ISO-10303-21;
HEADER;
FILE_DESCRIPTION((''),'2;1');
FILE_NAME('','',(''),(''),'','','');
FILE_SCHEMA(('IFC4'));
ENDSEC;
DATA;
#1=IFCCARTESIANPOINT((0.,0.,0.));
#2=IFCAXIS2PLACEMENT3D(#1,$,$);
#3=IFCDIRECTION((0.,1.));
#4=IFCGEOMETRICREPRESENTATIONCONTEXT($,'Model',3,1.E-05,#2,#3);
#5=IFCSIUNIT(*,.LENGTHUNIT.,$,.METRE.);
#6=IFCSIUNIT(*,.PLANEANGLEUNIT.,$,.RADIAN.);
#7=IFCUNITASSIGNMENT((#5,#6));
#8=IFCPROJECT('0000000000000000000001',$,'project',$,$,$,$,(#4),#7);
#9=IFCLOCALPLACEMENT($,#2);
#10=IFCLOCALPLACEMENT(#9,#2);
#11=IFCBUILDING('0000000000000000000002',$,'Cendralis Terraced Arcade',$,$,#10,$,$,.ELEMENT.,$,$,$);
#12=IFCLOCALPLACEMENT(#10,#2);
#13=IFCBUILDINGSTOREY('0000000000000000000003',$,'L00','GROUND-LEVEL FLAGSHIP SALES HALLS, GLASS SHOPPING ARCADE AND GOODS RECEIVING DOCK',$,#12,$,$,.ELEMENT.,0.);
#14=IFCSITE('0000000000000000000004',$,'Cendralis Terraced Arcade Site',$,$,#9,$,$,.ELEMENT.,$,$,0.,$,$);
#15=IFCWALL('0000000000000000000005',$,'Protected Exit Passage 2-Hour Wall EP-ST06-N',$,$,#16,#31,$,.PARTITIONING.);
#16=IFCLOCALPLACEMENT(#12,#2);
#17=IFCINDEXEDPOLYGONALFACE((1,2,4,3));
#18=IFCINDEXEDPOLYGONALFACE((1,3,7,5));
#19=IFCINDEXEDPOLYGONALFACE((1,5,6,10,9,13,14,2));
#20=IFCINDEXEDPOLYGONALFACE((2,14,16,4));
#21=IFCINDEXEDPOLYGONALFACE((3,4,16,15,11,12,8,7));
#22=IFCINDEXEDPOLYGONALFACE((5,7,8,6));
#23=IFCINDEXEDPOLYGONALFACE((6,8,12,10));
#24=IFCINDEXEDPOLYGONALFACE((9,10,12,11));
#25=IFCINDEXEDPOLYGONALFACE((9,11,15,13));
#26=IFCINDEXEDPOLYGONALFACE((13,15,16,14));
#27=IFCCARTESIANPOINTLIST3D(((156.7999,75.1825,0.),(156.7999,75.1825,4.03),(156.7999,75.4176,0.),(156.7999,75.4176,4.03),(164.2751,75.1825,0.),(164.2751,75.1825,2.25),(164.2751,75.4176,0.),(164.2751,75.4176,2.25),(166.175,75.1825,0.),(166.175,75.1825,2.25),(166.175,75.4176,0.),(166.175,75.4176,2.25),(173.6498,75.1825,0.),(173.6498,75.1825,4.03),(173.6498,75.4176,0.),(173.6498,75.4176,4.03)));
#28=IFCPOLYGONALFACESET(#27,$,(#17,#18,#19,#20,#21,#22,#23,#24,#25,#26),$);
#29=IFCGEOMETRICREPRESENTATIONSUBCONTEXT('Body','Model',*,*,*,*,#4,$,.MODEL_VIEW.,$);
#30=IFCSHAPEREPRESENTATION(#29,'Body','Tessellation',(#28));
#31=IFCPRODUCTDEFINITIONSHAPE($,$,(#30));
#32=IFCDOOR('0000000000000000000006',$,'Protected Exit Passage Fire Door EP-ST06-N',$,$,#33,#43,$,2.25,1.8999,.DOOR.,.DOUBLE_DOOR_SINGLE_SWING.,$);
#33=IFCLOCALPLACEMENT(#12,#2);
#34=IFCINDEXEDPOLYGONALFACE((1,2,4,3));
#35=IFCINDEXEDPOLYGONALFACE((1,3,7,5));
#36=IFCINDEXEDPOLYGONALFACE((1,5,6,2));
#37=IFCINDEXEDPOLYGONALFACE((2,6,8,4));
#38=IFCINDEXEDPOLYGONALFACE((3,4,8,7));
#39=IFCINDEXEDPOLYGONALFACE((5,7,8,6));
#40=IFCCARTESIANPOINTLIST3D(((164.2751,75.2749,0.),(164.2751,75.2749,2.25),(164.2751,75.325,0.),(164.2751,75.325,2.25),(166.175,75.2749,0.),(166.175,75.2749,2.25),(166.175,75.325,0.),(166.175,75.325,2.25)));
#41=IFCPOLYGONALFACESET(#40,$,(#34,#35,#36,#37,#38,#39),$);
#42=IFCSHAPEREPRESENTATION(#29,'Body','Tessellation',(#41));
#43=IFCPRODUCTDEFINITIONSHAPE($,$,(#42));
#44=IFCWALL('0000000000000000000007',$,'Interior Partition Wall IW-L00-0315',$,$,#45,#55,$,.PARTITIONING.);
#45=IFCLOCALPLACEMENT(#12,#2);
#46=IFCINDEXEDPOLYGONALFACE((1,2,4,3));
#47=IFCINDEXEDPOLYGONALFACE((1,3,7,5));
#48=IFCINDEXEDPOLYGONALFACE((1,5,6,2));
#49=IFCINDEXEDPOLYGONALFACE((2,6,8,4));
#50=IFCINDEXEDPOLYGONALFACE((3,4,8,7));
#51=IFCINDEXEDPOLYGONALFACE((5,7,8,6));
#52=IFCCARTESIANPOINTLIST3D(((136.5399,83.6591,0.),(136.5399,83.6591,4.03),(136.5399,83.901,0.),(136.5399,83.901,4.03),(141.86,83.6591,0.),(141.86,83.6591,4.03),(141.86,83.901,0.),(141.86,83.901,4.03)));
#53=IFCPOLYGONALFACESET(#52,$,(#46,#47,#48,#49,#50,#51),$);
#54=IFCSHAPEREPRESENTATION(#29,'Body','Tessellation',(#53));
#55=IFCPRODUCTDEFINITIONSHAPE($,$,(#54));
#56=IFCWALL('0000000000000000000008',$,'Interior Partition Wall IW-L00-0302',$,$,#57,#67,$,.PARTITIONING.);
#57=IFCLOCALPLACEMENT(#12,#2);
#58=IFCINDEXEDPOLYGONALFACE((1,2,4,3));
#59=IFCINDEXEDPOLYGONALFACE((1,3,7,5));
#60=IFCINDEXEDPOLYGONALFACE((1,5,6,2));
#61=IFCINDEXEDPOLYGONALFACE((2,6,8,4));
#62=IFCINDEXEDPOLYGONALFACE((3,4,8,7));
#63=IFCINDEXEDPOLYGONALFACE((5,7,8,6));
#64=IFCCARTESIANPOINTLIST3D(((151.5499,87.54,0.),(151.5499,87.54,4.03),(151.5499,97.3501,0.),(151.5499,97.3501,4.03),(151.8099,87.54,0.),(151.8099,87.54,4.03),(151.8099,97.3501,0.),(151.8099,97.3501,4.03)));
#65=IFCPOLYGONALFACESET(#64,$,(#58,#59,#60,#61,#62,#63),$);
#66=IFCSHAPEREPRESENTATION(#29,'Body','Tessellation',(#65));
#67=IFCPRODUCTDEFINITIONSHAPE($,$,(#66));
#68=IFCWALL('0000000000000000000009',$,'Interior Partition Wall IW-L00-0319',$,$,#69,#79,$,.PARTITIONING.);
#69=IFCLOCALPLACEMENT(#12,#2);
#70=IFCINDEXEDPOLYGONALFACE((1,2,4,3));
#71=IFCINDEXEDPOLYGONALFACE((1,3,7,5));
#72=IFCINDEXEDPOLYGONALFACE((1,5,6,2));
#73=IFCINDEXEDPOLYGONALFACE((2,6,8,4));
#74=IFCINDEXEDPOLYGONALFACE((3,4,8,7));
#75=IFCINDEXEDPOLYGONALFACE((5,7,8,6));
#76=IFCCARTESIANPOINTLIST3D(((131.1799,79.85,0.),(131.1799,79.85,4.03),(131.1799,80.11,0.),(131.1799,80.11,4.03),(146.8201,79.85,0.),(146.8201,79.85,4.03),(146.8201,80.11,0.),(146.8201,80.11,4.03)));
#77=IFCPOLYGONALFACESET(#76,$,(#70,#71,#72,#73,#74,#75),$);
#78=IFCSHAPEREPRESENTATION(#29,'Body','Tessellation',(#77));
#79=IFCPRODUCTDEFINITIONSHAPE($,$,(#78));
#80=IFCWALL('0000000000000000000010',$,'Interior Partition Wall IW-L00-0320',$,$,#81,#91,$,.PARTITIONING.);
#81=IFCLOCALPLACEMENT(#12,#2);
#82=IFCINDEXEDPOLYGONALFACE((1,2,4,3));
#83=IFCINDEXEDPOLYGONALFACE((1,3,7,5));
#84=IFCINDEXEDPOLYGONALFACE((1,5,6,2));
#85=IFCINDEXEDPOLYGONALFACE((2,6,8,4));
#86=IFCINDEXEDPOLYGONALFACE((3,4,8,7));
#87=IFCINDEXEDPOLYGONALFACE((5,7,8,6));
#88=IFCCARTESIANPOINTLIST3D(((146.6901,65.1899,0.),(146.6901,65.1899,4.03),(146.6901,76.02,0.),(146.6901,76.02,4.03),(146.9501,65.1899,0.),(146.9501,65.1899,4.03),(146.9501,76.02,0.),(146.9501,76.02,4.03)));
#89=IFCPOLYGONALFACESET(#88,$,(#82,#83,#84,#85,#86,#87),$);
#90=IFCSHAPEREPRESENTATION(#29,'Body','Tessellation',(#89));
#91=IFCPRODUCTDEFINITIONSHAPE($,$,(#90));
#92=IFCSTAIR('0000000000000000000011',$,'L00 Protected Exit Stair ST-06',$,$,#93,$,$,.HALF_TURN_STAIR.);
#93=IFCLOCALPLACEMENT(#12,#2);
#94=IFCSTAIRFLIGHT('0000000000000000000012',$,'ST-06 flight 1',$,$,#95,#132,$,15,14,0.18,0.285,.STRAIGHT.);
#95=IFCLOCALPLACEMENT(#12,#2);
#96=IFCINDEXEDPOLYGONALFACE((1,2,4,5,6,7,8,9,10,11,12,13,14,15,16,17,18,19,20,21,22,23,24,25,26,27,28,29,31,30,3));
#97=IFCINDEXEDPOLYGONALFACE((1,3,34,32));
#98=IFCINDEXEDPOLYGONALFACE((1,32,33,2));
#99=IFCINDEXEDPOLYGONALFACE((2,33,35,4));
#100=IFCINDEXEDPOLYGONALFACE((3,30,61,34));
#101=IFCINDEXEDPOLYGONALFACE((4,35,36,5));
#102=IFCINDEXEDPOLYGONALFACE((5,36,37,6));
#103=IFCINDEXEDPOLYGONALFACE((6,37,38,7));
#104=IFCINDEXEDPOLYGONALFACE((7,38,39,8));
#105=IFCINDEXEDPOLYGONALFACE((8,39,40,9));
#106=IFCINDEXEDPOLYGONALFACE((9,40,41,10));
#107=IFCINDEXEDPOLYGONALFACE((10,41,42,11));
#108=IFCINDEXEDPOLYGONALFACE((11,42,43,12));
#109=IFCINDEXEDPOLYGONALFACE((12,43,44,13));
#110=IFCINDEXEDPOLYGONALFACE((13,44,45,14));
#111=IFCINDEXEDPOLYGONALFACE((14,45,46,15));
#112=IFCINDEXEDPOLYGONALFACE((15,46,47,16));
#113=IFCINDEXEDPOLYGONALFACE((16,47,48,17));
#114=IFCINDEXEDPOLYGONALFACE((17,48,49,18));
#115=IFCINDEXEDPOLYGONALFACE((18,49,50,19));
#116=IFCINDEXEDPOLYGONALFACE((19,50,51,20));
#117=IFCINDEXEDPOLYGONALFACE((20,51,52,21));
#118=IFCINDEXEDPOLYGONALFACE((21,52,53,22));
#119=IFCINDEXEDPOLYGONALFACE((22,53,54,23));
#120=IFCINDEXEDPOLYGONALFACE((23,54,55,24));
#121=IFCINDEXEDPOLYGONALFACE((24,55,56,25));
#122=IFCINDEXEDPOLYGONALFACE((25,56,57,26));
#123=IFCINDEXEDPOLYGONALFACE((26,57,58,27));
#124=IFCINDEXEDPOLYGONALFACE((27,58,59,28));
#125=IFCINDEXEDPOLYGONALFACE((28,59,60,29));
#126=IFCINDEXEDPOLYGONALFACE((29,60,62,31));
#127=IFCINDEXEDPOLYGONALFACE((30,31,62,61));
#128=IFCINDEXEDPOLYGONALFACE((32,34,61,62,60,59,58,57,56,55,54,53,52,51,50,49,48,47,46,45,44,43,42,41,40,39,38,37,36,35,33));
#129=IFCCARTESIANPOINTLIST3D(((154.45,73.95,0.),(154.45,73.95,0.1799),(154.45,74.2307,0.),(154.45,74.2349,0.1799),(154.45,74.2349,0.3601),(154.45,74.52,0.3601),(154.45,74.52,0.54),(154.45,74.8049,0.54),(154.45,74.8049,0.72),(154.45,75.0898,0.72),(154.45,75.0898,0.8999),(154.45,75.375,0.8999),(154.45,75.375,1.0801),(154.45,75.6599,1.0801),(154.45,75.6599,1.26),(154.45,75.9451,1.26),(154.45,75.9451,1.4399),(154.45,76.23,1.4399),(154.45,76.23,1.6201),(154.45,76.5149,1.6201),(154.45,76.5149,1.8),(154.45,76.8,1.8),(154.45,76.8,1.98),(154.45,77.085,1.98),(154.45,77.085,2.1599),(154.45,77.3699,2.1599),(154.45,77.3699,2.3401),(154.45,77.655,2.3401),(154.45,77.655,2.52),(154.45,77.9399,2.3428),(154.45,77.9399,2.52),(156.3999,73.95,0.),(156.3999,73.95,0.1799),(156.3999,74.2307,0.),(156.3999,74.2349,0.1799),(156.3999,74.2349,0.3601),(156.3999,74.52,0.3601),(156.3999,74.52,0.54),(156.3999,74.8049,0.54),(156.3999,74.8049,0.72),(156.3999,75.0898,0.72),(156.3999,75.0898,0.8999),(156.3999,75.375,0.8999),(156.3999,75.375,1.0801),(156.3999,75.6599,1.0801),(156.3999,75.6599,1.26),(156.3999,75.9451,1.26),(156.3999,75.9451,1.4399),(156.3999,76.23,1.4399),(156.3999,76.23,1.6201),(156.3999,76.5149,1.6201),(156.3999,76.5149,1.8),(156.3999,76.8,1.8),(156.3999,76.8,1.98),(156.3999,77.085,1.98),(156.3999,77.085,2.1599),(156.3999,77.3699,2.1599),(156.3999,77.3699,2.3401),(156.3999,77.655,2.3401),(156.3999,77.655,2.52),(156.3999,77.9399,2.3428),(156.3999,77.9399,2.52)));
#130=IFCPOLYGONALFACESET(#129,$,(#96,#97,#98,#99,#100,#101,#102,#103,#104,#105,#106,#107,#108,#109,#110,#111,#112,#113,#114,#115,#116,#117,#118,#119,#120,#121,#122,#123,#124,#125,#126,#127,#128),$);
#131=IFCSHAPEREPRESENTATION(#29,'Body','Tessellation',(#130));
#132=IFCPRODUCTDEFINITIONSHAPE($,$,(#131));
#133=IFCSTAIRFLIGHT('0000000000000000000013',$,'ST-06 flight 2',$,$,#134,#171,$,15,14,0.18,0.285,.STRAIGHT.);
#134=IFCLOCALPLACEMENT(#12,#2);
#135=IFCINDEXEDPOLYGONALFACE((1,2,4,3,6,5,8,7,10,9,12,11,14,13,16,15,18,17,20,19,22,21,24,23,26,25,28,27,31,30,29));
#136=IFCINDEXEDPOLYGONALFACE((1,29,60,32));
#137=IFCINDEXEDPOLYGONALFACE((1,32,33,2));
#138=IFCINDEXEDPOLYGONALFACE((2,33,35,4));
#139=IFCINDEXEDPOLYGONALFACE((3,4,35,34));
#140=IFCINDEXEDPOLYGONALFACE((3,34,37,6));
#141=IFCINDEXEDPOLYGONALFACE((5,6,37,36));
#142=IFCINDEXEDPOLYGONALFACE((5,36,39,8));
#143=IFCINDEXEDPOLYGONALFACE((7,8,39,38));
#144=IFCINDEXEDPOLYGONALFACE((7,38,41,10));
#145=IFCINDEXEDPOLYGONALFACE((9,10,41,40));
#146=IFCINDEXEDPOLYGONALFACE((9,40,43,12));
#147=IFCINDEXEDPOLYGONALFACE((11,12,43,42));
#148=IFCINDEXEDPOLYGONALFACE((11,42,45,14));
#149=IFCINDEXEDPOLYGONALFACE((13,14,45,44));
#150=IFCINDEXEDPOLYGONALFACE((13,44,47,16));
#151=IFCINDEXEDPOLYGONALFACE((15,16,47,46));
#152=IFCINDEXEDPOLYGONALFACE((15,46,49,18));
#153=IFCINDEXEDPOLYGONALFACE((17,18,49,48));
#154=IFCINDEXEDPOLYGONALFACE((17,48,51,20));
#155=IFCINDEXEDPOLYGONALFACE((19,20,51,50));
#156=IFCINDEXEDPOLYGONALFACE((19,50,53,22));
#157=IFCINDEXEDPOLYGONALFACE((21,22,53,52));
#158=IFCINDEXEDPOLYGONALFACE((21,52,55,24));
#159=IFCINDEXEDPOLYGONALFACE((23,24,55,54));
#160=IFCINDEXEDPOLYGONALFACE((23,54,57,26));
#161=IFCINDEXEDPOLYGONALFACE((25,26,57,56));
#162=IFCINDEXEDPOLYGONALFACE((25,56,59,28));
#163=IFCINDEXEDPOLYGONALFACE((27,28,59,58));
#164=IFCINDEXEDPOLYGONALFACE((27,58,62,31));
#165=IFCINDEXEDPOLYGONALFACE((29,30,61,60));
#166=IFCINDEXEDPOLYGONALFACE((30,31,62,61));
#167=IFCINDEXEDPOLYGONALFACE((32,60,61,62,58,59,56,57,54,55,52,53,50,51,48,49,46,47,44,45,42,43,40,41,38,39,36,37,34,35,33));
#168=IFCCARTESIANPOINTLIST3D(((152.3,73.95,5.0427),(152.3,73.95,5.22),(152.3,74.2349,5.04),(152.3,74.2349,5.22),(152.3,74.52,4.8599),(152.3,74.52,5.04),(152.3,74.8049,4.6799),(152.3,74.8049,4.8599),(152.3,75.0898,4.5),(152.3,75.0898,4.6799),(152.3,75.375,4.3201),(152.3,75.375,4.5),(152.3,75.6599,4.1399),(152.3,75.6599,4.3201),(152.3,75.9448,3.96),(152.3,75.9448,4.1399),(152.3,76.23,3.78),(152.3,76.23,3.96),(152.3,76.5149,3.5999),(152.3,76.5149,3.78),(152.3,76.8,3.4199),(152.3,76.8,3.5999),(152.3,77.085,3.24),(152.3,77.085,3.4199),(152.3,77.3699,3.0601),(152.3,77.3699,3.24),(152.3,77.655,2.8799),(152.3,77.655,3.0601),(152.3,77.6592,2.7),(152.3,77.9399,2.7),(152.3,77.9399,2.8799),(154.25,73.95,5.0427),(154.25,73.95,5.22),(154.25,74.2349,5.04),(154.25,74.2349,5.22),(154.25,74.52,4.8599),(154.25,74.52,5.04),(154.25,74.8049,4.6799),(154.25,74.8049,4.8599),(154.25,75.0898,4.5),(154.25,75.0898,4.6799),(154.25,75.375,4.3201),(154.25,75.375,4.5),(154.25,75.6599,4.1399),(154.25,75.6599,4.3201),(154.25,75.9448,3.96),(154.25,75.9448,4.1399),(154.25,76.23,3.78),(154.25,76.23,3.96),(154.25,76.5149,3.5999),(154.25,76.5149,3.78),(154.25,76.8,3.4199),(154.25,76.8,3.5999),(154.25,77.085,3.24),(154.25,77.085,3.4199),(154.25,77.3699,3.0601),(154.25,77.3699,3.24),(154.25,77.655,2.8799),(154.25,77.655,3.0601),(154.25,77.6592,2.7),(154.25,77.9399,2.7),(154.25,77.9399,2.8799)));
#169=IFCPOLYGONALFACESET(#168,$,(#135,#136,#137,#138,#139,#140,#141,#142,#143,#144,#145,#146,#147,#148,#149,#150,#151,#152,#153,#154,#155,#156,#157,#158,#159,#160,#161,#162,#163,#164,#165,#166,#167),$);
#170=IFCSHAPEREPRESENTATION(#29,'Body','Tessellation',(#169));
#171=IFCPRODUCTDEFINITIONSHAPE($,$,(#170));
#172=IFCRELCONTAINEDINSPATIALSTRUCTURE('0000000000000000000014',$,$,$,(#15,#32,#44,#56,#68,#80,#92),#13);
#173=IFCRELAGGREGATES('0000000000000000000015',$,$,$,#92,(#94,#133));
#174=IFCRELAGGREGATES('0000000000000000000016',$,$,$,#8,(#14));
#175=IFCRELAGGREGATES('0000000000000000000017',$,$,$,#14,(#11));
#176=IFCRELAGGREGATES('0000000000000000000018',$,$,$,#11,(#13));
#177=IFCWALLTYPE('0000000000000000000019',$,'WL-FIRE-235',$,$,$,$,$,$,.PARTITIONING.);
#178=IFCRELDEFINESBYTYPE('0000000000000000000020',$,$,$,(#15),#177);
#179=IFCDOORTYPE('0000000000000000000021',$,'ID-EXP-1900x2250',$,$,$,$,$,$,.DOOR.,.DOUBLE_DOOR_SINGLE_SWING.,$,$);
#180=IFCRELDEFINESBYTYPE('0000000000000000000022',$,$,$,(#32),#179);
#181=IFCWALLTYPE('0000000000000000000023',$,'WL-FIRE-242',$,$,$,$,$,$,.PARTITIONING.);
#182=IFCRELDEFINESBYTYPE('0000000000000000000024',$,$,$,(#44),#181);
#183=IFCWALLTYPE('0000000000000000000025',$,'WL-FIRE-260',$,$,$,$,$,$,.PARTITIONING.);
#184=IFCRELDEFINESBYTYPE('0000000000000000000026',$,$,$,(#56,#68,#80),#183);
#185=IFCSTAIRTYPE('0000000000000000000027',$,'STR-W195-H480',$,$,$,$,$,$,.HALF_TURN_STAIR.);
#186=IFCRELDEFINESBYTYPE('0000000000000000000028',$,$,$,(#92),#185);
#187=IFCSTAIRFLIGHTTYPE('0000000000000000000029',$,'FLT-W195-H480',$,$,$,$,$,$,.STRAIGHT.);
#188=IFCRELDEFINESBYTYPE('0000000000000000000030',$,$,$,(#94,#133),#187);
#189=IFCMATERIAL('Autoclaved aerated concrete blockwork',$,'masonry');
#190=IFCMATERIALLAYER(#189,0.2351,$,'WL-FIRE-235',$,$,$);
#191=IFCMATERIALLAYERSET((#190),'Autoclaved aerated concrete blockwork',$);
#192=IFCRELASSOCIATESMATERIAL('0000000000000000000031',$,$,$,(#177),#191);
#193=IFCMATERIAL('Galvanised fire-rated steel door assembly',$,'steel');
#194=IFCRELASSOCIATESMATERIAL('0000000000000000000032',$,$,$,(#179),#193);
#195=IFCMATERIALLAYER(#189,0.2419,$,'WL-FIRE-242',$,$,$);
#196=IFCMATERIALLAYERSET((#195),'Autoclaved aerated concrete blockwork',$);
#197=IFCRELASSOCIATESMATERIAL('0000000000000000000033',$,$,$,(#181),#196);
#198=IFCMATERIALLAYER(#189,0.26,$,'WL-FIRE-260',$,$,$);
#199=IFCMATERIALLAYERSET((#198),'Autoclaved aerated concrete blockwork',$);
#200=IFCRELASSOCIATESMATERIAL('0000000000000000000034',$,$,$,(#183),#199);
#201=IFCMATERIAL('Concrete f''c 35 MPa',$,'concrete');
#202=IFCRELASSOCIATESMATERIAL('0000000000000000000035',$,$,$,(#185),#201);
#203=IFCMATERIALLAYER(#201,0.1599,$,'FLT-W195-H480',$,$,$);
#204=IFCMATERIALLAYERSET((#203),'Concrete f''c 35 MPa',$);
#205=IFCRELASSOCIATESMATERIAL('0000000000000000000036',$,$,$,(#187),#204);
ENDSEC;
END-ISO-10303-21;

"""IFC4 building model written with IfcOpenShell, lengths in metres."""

from ifc_helpers import new_model, si_unit, direction, frame, frame_2d, origin, place, context, subcontext, project, spatial, polyline, rectangle, outline, extrude, material, layer, layer_set, type_object, element, fill, aggregate, save


model = new_model("IFC4")

# Units and contexts
model_context = context("Model", 3, precision=1e-05, world=origin(), true_north=direction((0.0, 1.0)))
body_context = subcontext(model_context, "Body", "Model", "MODEL_VIEW")
ifc_project = project(units=[si_unit("LENGTHUNIT", "METRE"), si_unit("PLANEANGLEUNIT", "RADIAN")], contexts=[model_context])

# Site, building, storey
site_placement = place(None, origin())
site = spatial("IfcSite", under=ifc_project, at=site_placement, Name="Cendralis Terraced Arcade Site", CompositionType="ELEMENT", RefElevation=0.0)
building_placement = place(site_placement, origin())
building = spatial("IfcBuilding", under=site, at=building_placement, Name="Cendralis Terraced Arcade", CompositionType="ELEMENT")
storey_placement = place(building_placement, origin())
storey = spatial("IfcBuildingStorey", under=building, at=storey_placement, Name="L00", Description="GROUND-LEVEL FLAGSHIP SALES HALLS, GLASS SHOPPING ARCADE AND GOODS RECEIVING DOCK", CompositionType="ELEMENT", Elevation=0.0)

# Shared definitions
ifc_material_1 = material(Name="Concrete f'c 35 MPa", Category="concrete")

# Wall, opening, door
ifc_material_2 = material(Name="Autoclaved aerated concrete blockwork", Category="masonry")
ifc_layer_1 = layer(ifc_material_2, 0.2351, Name="WL-FIRE-235")
ifc_layer_set_1 = layer_set([ifc_layer_1], Name="Autoclaved aerated concrete blockwork")
wall_type_1 = type_object("IfcWallType", Name="WL-FIRE-235", PredefinedType="PARTITIONING", material=ifc_layer_set_1)
wall_1_placement = place(storey_placement, frame((156.8, 75.3, 0.0), z_axis=(0.0, 0.0, 1.0), x_axis=(1.0, 0.0, 0.0)))
wall_1 = element("IfcWall", 1, at=wall_1_placement, inside=storey, type_object=wall_type_1, Name="Protected Exit Passage 2-Hour Wall EP-ST06-N", PredefinedType="PARTITIONING", context=body_context, shape_type="SweptSolid", body=[
    extrude(rectangle(XDim=16.8499, YDim=0.2351, at=frame_2d((8.4248, 0.0))), origin(), (0.0, 0.0, 1.0), 4.03),
])
opening_1_placement = place(wall_1_placement, frame((7.4751, 0.0, 0.0)))
opening_1 = element("IfcOpeningElement", 2, at=opening_1_placement, cuts=wall_1, PredefinedType="OPENING", context=body_context, shape_type="SweptSolid", body=[
    extrude(rectangle(XDim=1.8999, YDim=2.25, at=frame_2d((0.95, 1.125))), frame((0.0, 0.1294, 0.0), z_axis=(0.0, -1.0, 0.0), x_axis=(1.0, 0.0, 0.0)), (0.0, 0.0, 1.0), 0.259),
])
ifc_material_3 = material(Name="Galvanised fire-rated steel door assembly", Category="steel")
door_type_1 = type_object("IfcDoorType", Name="ID-EXP-1900x2250", OperationType="DOUBLE_DOOR_SINGLE_SWING", PredefinedType="DOOR", material=ifc_material_3)
door_1_placement = place(opening_1_placement, origin())
door_1 = element("IfcDoor", 3, at=door_1_placement, inside=storey, type_object=door_type_1, Name="Protected Exit Passage Fire Door EP-ST06-N", OperationType="DOUBLE_DOOR_SINGLE_SWING", OverallHeight=2.25, OverallWidth=1.8999, PredefinedType="DOOR", context=body_context, shape_type="SweptSolid", body=[
    extrude(rectangle(XDim=1.8999, YDim=2.25, at=frame_2d((0.95, 1.125))), frame((0.0, 0.0249, 0.0), z_axis=(0.0, -1.0, 0.0), x_axis=(1.0, 0.0, 0.0)), (0.0, 0.0, 1.0), 0.05),
])
fill(opening_1, door_1)

# Walls
ifc_layer_2 = layer(ifc_material_2, 0.2419, Name="WL-FIRE-242")
ifc_layer_set_2 = layer_set([ifc_layer_2], Name="Autoclaved aerated concrete blockwork")
wall_type_2 = type_object("IfcWallType", Name="WL-FIRE-242", PredefinedType="PARTITIONING", material=ifc_layer_set_2)
wall_2_placement = place(storey_placement, frame((141.8601, 83.78, 0.0), z_axis=(0.0, 0.0, 1.0), x_axis=(-1.0, 0.0, 0.0)))
element("IfcWall", 4, at=wall_2_placement, inside=storey, type_object=wall_type_2, Name="Interior Partition Wall IW-L00-0315", PredefinedType="PARTITIONING", context=body_context, shape_type="SweptSolid", body=[
    extrude(rectangle(XDim=5.3201, YDim=0.2419, at=frame_2d((2.6602, 0.0))), origin(), (0.0, 0.0, 1.0), 4.03),
])
ifc_layer_3 = layer(ifc_material_2, 0.26, Name="WL-FIRE-260")
ifc_layer_set_3 = layer_set([ifc_layer_3], Name="Autoclaved aerated concrete blockwork")
wall_type_3 = type_object("IfcWallType", Name="WL-FIRE-260", PredefinedType="PARTITIONING", material=ifc_layer_set_3)
wall_3_placement = place(storey_placement, frame((151.6799, 87.54, 0.0), z_axis=(0.0, 0.0, 1.0), x_axis=(0.0, 1.0, 0.0)))
element("IfcWall", 5, at=wall_3_placement, inside=storey, type_object=wall_type_3, Name="Interior Partition Wall IW-L00-0302", PredefinedType="PARTITIONING", context=body_context, shape_type="SweptSolid", body=[
    extrude(rectangle(XDim=9.8101, YDim=0.26, at=frame_2d((4.905, 0.0))), origin(), (0.0, 0.0, 1.0), 4.03),
])
wall_4_placement = place(storey_placement, frame((146.8201, 79.98, 0.0), z_axis=(0.0, 0.0, 1.0), x_axis=(-1.0, 0.0, 0.0)))
element("IfcWall", 6, at=wall_4_placement, inside=storey, type_object=wall_type_3, Name="Interior Partition Wall IW-L00-0319", PredefinedType="PARTITIONING", context=body_context, shape_type="SweptSolid", body=[
    extrude(rectangle(XDim=15.6401, YDim=0.26, at=frame_2d((7.8201, 0.0))), origin(), (0.0, 0.0, 1.0), 4.03),
])
wall_5_placement = place(storey_placement, frame((146.8201, 76.02, 0.0), z_axis=(0.0, 0.0, 1.0), x_axis=(0.0, -1.0, 0.0)))
element("IfcWall", 7, at=wall_5_placement, inside=storey, type_object=wall_type_3, Name="Interior Partition Wall IW-L00-0320", PredefinedType="PARTITIONING", context=body_context, shape_type="SweptSolid", body=[
    extrude(rectangle(XDim=10.8301, YDim=0.26, at=frame_2d((5.415, 0.0))), origin(), (0.0, 0.0, 1.0), 4.03),
])

# Stair, stair flights
stair_type = type_object("IfcStairType", Name="STR-W195-H480", PredefinedType="HALF_TURN_STAIR", material=ifc_material_1)
stair_placement = place(storey_placement, origin())
stair = element("IfcStair", 8, at=stair_placement, inside=storey, type_object=stair_type, Name="L00 Protected Exit Stair ST-06", PredefinedType="HALF_TURN_STAIR")
ifc_layer_4 = layer(ifc_material_1, 0.1599, Name="FLT-W195-H480")
ifc_layer_set_4 = layer_set([ifc_layer_4], Name="Concrete f'c 35 MPa")
stair_flight_type = type_object("IfcStairFlightType", Name="FLT-W195-H480", PredefinedType="STRAIGHT", material=ifc_layer_set_4)
stair_flight_1_placement = place(storey_placement, frame((155.425, 73.95, 0.0), z_axis=(0.0, 0.0, 1.0), x_axis=(0.0, 1.0, 0.0)))
stair_flight_1 = element("IfcStairFlight", 9, at=stair_flight_1_placement, type_object=stair_flight_type, Name="ST-06 flight 1", NumberOfRisers=15, NumberOfTreads=14, PredefinedType="STRAIGHT", RiserHeight=0.18, TreadLength=0.285, context=body_context, shape_type="SweptSolid", body=[
    extrude(outline(polyline([(0.0, 0.0), (0.0, 0.1799), (0.2849, 0.1799), (0.2849, 0.3601), (0.5701, 0.3601), (0.5701, 0.54), (0.855, 0.54), (0.855, 0.72), (1.1399, 0.72), (1.1399, 0.8999), (1.425, 0.8999), (1.425, 1.0801), (1.71, 1.0801), (1.71, 1.26), (1.9951, 1.26), (1.9951, 1.4399), (2.28, 1.4399), (2.28, 1.6201), (2.5649, 1.6201), (2.5649, 1.8), (2.8501, 1.8), (2.8501, 1.98), (3.135, 1.98), (3.135, 2.1599), (3.4199, 2.1599), (3.4199, 2.3401), (3.7051, 2.3401), (3.7051, 2.52), (3.99, 2.52), (3.99, 2.7), (3.99, 2.3428), (0.2808, 0.0), (0.0, 0.0)])), frame((0.0, 0.9751, 0.0), z_axis=(0.0, -1.0, 0.0), x_axis=(1.0, 0.0, 0.0)), (0.0, 0.0, 1.0), 1.95),
])
stair_flight_2_placement = place(storey_placement, frame((153.2749, 77.9399, 2.7), z_axis=(0.0, 0.0, 1.0), x_axis=(0.0, -1.0, 0.0)))
stair_flight_2 = element("IfcStairFlight", 10, at=stair_flight_2_placement, type_object=stair_flight_type, Name="ST-06 flight 2", NumberOfRisers=15, NumberOfTreads=14, PredefinedType="STRAIGHT", RiserHeight=0.18, TreadLength=0.285, context=body_context, shape_type="SweptSolid", body=[
    extrude(outline(polyline([(0.0, 0.0), (0.0, 0.1799), (0.2849, 0.1799), (0.2849, 0.3601), (0.5701, 0.3601), (0.5701, 0.54), (0.855, 0.54), (0.855, 0.72), (1.1399, 0.72), (1.1399, 0.8999), (1.425, 0.8999), (1.425, 1.0801), (1.71, 1.0801), (1.71, 1.26), (1.9951, 1.26), (1.9951, 1.4399), (2.28, 1.4399), (2.28, 1.6201), (2.5649, 1.6201), (2.5649, 1.8), (2.8501, 1.8), (2.8501, 1.98), (3.135, 1.98), (3.135, 2.1599), (3.4199, 2.1599), (3.4199, 2.3401), (3.7051, 2.3401), (3.7051, 2.52), (3.99, 2.52), (3.99, 2.7), (3.99, 2.3428), (0.2808, 0.0), (0.0, 0.0)])), frame((0.0, 0.9751, 0.0), z_axis=(0.0, -1.0, 0.0), x_axis=(1.0, 0.0, 0.0)), (0.0, 0.0, 1.0), 1.95),
])
aggregate(stair, [stair_flight_1, stair_flight_2])

save(model, "model.ifc")
